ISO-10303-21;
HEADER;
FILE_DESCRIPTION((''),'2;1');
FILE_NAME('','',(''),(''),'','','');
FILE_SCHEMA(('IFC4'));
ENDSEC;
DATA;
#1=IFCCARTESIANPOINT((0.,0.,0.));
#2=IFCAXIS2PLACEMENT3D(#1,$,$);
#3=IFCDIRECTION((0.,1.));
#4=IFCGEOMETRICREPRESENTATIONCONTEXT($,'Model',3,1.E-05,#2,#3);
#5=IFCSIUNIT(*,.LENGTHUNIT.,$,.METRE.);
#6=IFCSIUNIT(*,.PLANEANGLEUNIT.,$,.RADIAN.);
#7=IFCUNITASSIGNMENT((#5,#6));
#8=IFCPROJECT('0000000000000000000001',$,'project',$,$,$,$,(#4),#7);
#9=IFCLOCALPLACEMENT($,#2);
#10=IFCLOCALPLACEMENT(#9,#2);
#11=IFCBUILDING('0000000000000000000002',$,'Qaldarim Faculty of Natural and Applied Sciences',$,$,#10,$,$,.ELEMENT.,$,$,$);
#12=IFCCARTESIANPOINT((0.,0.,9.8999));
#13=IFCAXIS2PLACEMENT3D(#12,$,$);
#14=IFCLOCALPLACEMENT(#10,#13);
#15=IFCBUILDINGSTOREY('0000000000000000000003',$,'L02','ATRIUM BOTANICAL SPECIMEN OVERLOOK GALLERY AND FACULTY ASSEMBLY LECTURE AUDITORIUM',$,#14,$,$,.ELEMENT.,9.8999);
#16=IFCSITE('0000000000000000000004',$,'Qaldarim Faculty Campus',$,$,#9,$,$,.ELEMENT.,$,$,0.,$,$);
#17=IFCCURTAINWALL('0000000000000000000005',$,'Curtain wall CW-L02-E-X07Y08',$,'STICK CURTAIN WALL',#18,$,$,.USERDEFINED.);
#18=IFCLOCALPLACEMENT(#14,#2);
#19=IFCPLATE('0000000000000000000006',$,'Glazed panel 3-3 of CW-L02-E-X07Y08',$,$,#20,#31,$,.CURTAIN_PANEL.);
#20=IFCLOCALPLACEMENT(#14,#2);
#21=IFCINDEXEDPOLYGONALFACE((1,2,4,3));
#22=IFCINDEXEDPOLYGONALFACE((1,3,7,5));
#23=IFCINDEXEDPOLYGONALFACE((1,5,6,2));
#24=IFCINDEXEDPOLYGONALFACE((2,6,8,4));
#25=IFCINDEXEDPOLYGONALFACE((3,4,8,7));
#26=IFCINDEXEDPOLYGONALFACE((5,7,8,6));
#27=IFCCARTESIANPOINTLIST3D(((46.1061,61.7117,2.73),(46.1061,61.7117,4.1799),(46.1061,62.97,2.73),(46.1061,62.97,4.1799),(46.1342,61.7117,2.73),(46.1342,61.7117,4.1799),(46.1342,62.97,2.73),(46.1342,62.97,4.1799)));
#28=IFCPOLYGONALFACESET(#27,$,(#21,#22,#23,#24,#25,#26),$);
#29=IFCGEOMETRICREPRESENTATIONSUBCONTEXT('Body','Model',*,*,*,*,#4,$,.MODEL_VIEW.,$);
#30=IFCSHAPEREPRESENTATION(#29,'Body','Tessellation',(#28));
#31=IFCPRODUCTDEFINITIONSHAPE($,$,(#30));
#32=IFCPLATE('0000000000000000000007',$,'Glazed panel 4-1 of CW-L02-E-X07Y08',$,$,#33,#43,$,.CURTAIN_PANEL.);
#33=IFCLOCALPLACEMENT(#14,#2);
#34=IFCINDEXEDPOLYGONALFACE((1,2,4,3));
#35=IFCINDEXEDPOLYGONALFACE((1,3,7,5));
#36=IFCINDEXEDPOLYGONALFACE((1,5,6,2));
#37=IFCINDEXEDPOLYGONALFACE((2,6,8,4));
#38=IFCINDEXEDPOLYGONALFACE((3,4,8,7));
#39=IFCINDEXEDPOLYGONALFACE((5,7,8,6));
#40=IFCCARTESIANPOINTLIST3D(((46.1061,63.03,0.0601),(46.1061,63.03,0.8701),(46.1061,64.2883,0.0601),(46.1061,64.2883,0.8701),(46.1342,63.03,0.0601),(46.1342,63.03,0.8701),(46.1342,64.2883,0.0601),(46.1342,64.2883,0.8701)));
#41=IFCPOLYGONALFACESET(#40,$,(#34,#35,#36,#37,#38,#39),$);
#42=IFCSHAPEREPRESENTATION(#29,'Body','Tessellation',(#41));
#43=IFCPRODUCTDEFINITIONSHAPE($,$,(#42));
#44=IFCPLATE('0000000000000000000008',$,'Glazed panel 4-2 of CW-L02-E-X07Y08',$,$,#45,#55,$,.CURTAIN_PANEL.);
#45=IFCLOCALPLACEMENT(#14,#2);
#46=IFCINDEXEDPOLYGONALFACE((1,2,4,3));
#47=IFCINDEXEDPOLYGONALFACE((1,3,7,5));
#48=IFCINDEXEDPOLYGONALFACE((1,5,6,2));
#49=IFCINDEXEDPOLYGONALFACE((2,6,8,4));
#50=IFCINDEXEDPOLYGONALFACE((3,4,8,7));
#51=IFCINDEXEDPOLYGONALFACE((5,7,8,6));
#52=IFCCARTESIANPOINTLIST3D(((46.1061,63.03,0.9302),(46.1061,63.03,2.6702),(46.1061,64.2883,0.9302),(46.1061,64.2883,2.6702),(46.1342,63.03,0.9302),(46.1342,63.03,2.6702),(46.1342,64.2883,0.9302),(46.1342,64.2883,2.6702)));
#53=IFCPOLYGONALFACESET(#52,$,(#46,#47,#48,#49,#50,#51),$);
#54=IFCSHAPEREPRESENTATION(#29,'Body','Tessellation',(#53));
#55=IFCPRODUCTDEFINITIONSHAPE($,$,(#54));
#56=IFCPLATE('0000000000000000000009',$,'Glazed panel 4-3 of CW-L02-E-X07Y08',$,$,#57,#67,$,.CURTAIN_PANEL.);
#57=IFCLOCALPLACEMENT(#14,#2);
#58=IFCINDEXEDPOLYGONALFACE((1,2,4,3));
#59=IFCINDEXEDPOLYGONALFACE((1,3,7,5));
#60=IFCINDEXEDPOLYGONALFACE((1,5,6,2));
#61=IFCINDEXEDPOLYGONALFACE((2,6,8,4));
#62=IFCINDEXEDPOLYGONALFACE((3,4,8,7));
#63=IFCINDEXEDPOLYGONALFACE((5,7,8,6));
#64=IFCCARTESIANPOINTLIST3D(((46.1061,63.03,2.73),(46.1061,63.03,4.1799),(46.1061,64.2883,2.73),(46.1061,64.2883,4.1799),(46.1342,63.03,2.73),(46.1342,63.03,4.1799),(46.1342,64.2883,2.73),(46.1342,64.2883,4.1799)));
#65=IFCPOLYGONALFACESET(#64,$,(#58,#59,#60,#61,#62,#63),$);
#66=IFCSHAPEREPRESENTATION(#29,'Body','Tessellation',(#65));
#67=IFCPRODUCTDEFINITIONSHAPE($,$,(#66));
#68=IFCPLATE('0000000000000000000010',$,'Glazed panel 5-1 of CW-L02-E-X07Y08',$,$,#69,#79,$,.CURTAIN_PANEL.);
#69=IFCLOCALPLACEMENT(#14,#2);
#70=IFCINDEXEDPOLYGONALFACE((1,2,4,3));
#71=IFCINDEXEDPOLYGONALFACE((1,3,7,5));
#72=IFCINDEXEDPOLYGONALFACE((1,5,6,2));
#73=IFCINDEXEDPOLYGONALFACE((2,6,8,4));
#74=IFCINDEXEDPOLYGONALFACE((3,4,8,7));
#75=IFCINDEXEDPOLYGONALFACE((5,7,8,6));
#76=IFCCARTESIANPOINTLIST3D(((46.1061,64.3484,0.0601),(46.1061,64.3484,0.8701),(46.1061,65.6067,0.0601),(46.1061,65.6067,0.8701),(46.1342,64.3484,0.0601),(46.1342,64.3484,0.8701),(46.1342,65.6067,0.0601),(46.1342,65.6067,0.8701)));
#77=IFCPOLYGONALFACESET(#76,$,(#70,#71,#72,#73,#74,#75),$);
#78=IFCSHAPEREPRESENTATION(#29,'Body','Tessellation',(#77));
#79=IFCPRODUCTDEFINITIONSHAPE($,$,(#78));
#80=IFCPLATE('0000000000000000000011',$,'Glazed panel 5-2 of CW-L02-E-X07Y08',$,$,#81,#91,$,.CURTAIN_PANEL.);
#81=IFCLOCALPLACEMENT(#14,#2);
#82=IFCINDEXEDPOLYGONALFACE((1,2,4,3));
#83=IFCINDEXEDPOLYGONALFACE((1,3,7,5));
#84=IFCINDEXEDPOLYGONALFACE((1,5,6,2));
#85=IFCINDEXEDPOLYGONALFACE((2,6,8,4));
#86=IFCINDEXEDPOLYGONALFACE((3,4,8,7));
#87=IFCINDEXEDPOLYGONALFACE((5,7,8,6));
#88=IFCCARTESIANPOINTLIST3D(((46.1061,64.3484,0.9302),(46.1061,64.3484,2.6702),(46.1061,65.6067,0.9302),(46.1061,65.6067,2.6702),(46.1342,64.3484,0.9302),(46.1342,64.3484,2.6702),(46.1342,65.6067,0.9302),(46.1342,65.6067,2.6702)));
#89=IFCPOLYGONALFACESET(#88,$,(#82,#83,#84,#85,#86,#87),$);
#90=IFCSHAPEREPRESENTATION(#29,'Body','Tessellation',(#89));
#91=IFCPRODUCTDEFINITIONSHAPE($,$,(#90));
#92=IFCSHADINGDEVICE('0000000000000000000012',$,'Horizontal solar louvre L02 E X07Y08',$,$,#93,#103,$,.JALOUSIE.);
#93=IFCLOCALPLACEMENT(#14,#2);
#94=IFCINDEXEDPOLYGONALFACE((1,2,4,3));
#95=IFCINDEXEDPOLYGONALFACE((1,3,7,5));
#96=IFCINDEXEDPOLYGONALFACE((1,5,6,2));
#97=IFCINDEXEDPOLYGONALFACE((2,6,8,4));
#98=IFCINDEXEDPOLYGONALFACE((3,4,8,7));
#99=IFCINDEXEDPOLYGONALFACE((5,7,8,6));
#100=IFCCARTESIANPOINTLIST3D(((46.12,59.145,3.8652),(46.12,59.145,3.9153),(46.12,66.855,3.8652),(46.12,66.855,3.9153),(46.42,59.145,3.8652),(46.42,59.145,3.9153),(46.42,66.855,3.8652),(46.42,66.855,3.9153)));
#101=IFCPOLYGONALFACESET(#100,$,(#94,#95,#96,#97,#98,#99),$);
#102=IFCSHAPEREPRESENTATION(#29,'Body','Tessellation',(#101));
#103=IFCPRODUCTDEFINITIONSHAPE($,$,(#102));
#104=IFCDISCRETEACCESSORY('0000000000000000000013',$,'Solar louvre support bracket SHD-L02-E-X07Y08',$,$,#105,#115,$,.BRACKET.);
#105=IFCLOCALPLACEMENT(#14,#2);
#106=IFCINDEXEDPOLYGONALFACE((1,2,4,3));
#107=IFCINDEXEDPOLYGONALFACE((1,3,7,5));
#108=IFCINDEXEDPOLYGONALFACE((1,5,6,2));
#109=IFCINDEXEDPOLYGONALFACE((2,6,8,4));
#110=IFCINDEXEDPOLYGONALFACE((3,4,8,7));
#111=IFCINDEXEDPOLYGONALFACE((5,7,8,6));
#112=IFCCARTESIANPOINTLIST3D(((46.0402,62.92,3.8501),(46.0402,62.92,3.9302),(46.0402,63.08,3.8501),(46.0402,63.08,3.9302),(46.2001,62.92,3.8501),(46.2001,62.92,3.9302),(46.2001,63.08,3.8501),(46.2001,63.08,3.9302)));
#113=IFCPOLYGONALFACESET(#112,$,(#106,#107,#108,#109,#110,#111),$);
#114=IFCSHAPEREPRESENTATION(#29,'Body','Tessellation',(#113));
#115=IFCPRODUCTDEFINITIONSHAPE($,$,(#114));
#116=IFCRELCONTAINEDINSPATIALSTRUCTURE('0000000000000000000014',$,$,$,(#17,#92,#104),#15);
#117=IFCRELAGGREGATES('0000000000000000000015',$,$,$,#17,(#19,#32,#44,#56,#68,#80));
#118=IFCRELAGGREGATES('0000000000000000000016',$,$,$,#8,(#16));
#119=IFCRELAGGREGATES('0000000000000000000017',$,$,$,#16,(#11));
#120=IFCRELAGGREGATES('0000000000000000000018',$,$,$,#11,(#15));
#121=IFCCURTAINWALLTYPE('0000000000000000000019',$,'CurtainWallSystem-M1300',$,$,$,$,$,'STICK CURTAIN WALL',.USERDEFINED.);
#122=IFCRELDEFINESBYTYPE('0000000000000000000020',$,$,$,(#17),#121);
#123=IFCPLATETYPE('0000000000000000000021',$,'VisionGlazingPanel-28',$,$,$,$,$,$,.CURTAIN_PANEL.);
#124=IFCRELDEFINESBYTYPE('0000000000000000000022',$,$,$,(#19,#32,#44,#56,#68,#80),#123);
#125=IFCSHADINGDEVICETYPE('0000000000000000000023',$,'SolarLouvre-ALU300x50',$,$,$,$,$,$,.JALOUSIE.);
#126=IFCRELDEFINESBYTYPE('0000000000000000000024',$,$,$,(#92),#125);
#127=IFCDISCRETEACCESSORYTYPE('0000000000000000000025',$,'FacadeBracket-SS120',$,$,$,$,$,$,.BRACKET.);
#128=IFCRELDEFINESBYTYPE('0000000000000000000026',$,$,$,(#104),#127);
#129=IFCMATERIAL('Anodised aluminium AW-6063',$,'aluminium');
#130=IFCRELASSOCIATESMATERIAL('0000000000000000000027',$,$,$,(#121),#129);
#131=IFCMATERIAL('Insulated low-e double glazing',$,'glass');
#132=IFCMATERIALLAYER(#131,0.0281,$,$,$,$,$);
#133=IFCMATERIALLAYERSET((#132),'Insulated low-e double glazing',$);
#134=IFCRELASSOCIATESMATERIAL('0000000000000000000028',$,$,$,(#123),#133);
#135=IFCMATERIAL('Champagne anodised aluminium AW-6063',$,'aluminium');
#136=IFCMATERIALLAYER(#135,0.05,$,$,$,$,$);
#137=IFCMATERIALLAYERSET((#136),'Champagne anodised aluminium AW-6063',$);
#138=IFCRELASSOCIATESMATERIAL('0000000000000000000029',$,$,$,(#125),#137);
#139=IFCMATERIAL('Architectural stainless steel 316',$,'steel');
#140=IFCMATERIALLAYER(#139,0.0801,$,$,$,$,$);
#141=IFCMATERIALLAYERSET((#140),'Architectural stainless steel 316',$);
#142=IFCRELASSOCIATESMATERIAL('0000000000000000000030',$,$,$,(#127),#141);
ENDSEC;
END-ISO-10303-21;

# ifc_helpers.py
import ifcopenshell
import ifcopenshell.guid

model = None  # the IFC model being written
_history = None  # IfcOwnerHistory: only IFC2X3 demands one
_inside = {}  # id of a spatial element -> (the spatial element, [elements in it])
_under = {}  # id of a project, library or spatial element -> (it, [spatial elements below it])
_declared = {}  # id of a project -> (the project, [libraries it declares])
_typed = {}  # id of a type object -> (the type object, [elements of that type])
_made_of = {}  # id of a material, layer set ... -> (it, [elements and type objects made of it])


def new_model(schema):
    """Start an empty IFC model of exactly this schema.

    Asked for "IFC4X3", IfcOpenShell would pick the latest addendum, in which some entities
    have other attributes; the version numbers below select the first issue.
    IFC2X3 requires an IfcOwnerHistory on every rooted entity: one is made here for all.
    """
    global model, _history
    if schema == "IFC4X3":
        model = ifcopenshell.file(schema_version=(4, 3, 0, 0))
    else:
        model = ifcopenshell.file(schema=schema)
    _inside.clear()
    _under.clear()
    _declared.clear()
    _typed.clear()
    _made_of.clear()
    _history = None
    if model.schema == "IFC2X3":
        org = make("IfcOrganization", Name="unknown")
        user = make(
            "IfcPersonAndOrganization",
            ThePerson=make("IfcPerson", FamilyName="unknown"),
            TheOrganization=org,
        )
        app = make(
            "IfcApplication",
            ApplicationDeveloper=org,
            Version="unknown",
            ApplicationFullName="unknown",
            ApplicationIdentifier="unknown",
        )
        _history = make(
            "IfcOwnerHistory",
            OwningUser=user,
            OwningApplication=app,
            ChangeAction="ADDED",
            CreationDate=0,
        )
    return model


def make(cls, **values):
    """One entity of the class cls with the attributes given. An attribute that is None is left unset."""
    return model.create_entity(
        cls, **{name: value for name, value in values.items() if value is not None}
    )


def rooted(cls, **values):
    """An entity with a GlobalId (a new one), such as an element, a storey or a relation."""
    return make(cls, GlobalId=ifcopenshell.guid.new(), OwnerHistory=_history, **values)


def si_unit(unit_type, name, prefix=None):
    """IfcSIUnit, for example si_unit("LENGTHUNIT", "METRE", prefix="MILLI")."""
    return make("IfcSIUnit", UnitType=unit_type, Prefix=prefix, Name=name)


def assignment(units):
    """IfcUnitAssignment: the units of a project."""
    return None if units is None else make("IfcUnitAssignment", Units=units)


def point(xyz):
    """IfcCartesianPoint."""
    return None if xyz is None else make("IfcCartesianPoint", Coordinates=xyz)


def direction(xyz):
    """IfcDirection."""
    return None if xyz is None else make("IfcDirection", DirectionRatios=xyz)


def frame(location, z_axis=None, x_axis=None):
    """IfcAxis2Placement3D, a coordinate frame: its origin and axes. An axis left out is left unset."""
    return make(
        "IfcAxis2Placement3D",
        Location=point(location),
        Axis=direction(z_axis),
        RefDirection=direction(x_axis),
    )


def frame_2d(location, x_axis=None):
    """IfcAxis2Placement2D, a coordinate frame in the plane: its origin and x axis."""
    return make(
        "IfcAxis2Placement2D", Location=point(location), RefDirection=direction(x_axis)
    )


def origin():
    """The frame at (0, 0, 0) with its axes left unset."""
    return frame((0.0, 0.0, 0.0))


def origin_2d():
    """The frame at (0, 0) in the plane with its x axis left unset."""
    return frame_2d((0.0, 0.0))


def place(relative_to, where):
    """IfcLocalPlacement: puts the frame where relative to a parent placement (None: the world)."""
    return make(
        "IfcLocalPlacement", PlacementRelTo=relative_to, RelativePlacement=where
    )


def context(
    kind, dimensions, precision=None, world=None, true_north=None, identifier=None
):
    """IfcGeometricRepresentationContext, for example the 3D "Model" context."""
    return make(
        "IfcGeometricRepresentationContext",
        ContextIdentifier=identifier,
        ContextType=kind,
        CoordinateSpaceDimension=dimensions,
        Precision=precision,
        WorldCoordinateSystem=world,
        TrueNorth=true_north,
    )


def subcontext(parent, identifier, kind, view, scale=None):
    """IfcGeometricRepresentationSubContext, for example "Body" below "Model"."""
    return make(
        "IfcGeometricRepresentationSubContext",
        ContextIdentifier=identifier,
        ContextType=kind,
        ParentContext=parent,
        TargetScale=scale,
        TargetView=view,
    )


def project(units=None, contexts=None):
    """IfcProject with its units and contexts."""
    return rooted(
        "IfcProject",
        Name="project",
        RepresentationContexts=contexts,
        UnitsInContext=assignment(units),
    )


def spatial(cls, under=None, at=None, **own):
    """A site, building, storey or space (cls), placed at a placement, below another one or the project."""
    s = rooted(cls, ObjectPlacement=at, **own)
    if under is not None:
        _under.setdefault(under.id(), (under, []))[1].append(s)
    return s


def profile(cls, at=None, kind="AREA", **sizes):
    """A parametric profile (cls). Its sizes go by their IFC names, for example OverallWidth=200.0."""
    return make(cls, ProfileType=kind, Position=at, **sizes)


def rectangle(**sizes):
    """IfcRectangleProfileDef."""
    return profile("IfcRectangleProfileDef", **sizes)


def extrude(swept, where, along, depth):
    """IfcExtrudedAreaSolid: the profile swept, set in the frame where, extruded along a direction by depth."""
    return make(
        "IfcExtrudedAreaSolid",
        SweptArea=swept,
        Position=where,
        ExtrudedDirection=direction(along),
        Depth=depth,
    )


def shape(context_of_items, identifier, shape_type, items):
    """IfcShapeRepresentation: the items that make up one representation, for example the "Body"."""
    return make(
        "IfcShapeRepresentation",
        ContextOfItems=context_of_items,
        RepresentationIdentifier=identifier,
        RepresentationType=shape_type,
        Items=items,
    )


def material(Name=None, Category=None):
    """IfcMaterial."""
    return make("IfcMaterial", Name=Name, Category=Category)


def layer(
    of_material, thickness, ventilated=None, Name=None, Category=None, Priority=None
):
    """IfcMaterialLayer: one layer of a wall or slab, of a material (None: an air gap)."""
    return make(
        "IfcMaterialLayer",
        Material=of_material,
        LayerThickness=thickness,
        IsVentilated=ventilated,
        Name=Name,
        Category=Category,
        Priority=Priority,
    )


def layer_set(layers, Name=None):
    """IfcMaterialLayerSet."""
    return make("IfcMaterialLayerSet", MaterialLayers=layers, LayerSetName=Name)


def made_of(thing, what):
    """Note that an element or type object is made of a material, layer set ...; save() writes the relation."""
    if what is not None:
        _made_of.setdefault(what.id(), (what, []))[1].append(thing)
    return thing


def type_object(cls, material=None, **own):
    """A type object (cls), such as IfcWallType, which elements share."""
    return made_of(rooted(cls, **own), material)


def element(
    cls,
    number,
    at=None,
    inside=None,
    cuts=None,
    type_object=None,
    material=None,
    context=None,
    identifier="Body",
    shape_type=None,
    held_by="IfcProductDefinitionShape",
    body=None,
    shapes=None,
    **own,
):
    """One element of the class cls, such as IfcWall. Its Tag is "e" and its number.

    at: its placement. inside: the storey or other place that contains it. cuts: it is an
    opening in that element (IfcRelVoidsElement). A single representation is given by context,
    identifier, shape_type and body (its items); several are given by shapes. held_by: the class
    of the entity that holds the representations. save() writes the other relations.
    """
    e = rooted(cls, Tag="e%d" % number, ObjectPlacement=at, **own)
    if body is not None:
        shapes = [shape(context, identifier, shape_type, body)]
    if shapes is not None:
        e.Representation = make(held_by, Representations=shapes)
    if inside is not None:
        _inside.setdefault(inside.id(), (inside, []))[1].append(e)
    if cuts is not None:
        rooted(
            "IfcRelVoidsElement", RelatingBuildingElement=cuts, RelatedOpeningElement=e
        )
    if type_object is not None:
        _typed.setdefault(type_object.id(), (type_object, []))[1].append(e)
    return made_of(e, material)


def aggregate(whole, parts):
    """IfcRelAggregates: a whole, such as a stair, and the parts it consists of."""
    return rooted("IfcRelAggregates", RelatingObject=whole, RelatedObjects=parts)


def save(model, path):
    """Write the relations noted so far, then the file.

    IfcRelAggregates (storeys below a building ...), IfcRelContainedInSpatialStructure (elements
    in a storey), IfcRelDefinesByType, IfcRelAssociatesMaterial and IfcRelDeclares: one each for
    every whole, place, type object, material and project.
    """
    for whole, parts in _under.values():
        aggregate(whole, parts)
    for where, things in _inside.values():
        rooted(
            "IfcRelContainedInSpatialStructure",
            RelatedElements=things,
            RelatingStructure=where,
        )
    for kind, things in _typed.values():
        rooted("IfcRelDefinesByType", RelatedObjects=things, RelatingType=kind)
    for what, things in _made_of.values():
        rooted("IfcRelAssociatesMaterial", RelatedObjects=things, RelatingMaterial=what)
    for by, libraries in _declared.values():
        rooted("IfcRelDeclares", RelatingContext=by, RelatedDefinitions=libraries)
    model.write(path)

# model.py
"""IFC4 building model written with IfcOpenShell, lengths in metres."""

from ifc_helpers import new_model, si_unit, direction, frame, origin, origin_2d, place, context, subcontext, project, spatial, rectangle, extrude, material, layer, layer_set, type_object, element, aggregate, save


model = new_model("IFC4")

# Units and contexts
model_context = context("Model", 3, precision=1e-05, world=origin(), true_north=direction((0.0, 1.0)))
body_context = subcontext(model_context, "Body", "Model", "MODEL_VIEW")
ifc_project = project(units=[si_unit("LENGTHUNIT", "METRE"), si_unit("PLANEANGLEUNIT", "RADIAN")], contexts=[model_context])

# Site, building, storey
site_placement = place(None, origin())
site = spatial("IfcSite", under=ifc_project, at=site_placement, Name="Qaldarim Faculty Campus", CompositionType="ELEMENT", RefElevation=0.0)
building_placement = place(site_placement, origin())
building = spatial("IfcBuilding", under=site, at=building_placement, Name="Qaldarim Faculty of Natural and Applied Sciences", CompositionType="ELEMENT")
storey_placement = place(building_placement, frame((0.0, 0.0, 9.8999)))
storey = spatial("IfcBuildingStorey", under=building, at=storey_placement, Name="L02", Description="ATRIUM BOTANICAL SPECIMEN OVERLOOK GALLERY AND FACULTY ASSEMBLY LECTURE AUDITORIUM", CompositionType="ELEMENT", Elevation=9.8999)

# Curtain wall, plates
ifc_material_1 = material(Name="Anodised aluminium AW-6063", Category="aluminium")
curtain_wall_type = type_object("IfcCurtainWallType", Name="CurtainWallSystem-M1300", ElementType="STICK CURTAIN WALL", PredefinedType="USERDEFINED", material=ifc_material_1)
curtain_wall_placement = place(storey_placement, origin())
curtain_wall = element("IfcCurtainWall", 1, at=curtain_wall_placement, inside=storey, type_object=curtain_wall_type, Name="Curtain wall CW-L02-E-X07Y08", ObjectType="STICK CURTAIN WALL", PredefinedType="USERDEFINED")
ifc_material_2 = material(Name="Insulated low-e double glazing", Category="glass")
ifc_layer_1 = layer(ifc_material_2, 0.0281)
ifc_layer_set_1 = layer_set([ifc_layer_1], Name="Insulated low-e double glazing")
plate_type = type_object("IfcPlateType", Name="VisionGlazingPanel-28", PredefinedType="CURTAIN_PANEL", material=ifc_layer_set_1)
plate_1_placement = place(storey_placement, frame((46.1201, 62.3408, 2.73), z_axis=(0.0, 0.0, 1.0), x_axis=(0.0, 1.0, 0.0)))
plate_1 = element("IfcPlate", 2, at=plate_1_placement, type_object=plate_type, Name="Glazed panel 3-3 of CW-L02-E-X07Y08", PredefinedType="CURTAIN_PANEL", context=body_context, shape_type="SweptSolid", body=[
    extrude(rectangle(XDim=1.2583, YDim=0.0281, at=origin_2d()), origin(), (0.0, 0.0, 1.0), 1.45),
])
plate_2_placement = place(storey_placement, frame((46.1201, 63.6592, 0.0601), z_axis=(0.0, 0.0, 1.0), x_axis=(0.0, 1.0, 0.0)))
plate_2 = element("IfcPlate", 3, at=plate_2_placement, type_object=plate_type, Name="Glazed panel 4-1 of CW-L02-E-X07Y08", PredefinedType="CURTAIN_PANEL", context=body_context, shape_type="SweptSolid", body=[
    extrude(rectangle(XDim=1.2583, YDim=0.0281, at=origin_2d()), origin(), (0.0, 0.0, 1.0), 0.8101),
])
plate_3_placement = place(storey_placement, frame((46.1201, 63.6592, 0.9302), z_axis=(0.0, 0.0, 1.0), x_axis=(0.0, 1.0, 0.0)))
plate_3 = element("IfcPlate", 4, at=plate_3_placement, type_object=plate_type, Name="Glazed panel 4-2 of CW-L02-E-X07Y08", PredefinedType="CURTAIN_PANEL", context=body_context, shape_type="SweptSolid", body=[
    extrude(rectangle(XDim=1.2583, YDim=0.0281, at=origin_2d()), origin(), (0.0, 0.0, 1.0), 1.74),
])
plate_4_placement = place(storey_placement, frame((46.1201, 63.6592, 2.73), z_axis=(0.0, 0.0, 1.0), x_axis=(0.0, 1.0, 0.0)))
plate_4 = element("IfcPlate", 5, at=plate_4_placement, type_object=plate_type, Name="Glazed panel 4-3 of CW-L02-E-X07Y08", PredefinedType="CURTAIN_PANEL", context=body_context, shape_type="SweptSolid", body=[
    extrude(rectangle(XDim=1.2583, YDim=0.0281, at=origin_2d()), origin(), (0.0, 0.0, 1.0), 1.45),
])
plate_5_placement = place(storey_placement, frame((46.1201, 64.9775, 0.0601), z_axis=(0.0, 0.0, 1.0), x_axis=(0.0, 1.0, 0.0)))
plate_5 = element("IfcPlate", 6, at=plate_5_placement, type_object=plate_type, Name="Glazed panel 5-1 of CW-L02-E-X07Y08", PredefinedType="CURTAIN_PANEL", context=body_context, shape_type="SweptSolid", body=[
    extrude(rectangle(XDim=1.2583, YDim=0.0281, at=origin_2d()), origin(), (0.0, 0.0, 1.0), 0.8101),
])
plate_6_placement = place(storey_placement, frame((46.1201, 64.9775, 0.9302), z_axis=(0.0, 0.0, 1.0), x_axis=(0.0, 1.0, 0.0)))
plate_6 = element("IfcPlate", 7, at=plate_6_placement, type_object=plate_type, Name="Glazed panel 5-2 of CW-L02-E-X07Y08", PredefinedType="CURTAIN_PANEL", context=body_context, shape_type="SweptSolid", body=[
    extrude(rectangle(XDim=1.2583, YDim=0.0281, at=origin_2d()), origin(), (0.0, 0.0, 1.0), 1.74),
])
aggregate(curtain_wall, [plate_1, plate_2, plate_3, plate_4, plate_5, plate_6])

# Shading device
ifc_material_3 = material(Name="Champagne anodised aluminium AW-6063", Category="aluminium")
ifc_layer_2 = layer(ifc_material_3, 0.05)
ifc_layer_set_2 = layer_set([ifc_layer_2], Name="Champagne anodised aluminium AW-6063")
shading_device_type = type_object("IfcShadingDeviceType", Name="SolarLouvre-ALU300x50", PredefinedType="JALOUSIE", material=ifc_layer_set_2)
shading_device_placement = place(storey_placement, frame((46.27, 63.0, 3.8652), z_axis=(0.0, 0.0, 1.0), x_axis=(0.0, 1.0, 0.0)))
element("IfcShadingDevice", 8, at=shading_device_placement, inside=storey, type_object=shading_device_type, Name="Horizontal solar louvre L02 E X07Y08", PredefinedType="JALOUSIE", context=body_context, shape_type="SweptSolid", body=[
    extrude(rectangle(XDim=7.71, YDim=0.3, at=origin_2d()), origin(), (0.0, 0.0, 1.0), 0.05),
])

# Discrete accessory
ifc_material_4 = material(Name="Architectural stainless steel 316", Category="steel")
ifc_layer_3 = layer(ifc_material_4, 0.0801)
ifc_layer_set_3 = layer_set([ifc_layer_3], Name="Architectural stainless steel 316")
discrete_accessory_type = type_object("IfcDiscreteAccessoryType", Name="FacadeBracket-SS120", PredefinedType="BRACKET", material=ifc_layer_set_3)
discrete_accessory_placement = place(storey_placement, frame((46.1201, 63.0, 3.8501), z_axis=(0.0, 0.0, 1.0), x_axis=(0.0, 1.0, 0.0)))
element("IfcDiscreteAccessory", 9, at=discrete_accessory_placement, inside=storey, type_object=discrete_accessory_type, Name="Solar louvre support bracket SHD-L02-E-X07Y08", PredefinedType="BRACKET", context=body_context, shape_type="SweptSolid", body=[
    extrude(rectangle(XDim=0.1599, YDim=0.1599, at=origin_2d()), origin(), (0.0, 0.0, 1.0), 0.0801),
])

save(model, "model.ifc")
